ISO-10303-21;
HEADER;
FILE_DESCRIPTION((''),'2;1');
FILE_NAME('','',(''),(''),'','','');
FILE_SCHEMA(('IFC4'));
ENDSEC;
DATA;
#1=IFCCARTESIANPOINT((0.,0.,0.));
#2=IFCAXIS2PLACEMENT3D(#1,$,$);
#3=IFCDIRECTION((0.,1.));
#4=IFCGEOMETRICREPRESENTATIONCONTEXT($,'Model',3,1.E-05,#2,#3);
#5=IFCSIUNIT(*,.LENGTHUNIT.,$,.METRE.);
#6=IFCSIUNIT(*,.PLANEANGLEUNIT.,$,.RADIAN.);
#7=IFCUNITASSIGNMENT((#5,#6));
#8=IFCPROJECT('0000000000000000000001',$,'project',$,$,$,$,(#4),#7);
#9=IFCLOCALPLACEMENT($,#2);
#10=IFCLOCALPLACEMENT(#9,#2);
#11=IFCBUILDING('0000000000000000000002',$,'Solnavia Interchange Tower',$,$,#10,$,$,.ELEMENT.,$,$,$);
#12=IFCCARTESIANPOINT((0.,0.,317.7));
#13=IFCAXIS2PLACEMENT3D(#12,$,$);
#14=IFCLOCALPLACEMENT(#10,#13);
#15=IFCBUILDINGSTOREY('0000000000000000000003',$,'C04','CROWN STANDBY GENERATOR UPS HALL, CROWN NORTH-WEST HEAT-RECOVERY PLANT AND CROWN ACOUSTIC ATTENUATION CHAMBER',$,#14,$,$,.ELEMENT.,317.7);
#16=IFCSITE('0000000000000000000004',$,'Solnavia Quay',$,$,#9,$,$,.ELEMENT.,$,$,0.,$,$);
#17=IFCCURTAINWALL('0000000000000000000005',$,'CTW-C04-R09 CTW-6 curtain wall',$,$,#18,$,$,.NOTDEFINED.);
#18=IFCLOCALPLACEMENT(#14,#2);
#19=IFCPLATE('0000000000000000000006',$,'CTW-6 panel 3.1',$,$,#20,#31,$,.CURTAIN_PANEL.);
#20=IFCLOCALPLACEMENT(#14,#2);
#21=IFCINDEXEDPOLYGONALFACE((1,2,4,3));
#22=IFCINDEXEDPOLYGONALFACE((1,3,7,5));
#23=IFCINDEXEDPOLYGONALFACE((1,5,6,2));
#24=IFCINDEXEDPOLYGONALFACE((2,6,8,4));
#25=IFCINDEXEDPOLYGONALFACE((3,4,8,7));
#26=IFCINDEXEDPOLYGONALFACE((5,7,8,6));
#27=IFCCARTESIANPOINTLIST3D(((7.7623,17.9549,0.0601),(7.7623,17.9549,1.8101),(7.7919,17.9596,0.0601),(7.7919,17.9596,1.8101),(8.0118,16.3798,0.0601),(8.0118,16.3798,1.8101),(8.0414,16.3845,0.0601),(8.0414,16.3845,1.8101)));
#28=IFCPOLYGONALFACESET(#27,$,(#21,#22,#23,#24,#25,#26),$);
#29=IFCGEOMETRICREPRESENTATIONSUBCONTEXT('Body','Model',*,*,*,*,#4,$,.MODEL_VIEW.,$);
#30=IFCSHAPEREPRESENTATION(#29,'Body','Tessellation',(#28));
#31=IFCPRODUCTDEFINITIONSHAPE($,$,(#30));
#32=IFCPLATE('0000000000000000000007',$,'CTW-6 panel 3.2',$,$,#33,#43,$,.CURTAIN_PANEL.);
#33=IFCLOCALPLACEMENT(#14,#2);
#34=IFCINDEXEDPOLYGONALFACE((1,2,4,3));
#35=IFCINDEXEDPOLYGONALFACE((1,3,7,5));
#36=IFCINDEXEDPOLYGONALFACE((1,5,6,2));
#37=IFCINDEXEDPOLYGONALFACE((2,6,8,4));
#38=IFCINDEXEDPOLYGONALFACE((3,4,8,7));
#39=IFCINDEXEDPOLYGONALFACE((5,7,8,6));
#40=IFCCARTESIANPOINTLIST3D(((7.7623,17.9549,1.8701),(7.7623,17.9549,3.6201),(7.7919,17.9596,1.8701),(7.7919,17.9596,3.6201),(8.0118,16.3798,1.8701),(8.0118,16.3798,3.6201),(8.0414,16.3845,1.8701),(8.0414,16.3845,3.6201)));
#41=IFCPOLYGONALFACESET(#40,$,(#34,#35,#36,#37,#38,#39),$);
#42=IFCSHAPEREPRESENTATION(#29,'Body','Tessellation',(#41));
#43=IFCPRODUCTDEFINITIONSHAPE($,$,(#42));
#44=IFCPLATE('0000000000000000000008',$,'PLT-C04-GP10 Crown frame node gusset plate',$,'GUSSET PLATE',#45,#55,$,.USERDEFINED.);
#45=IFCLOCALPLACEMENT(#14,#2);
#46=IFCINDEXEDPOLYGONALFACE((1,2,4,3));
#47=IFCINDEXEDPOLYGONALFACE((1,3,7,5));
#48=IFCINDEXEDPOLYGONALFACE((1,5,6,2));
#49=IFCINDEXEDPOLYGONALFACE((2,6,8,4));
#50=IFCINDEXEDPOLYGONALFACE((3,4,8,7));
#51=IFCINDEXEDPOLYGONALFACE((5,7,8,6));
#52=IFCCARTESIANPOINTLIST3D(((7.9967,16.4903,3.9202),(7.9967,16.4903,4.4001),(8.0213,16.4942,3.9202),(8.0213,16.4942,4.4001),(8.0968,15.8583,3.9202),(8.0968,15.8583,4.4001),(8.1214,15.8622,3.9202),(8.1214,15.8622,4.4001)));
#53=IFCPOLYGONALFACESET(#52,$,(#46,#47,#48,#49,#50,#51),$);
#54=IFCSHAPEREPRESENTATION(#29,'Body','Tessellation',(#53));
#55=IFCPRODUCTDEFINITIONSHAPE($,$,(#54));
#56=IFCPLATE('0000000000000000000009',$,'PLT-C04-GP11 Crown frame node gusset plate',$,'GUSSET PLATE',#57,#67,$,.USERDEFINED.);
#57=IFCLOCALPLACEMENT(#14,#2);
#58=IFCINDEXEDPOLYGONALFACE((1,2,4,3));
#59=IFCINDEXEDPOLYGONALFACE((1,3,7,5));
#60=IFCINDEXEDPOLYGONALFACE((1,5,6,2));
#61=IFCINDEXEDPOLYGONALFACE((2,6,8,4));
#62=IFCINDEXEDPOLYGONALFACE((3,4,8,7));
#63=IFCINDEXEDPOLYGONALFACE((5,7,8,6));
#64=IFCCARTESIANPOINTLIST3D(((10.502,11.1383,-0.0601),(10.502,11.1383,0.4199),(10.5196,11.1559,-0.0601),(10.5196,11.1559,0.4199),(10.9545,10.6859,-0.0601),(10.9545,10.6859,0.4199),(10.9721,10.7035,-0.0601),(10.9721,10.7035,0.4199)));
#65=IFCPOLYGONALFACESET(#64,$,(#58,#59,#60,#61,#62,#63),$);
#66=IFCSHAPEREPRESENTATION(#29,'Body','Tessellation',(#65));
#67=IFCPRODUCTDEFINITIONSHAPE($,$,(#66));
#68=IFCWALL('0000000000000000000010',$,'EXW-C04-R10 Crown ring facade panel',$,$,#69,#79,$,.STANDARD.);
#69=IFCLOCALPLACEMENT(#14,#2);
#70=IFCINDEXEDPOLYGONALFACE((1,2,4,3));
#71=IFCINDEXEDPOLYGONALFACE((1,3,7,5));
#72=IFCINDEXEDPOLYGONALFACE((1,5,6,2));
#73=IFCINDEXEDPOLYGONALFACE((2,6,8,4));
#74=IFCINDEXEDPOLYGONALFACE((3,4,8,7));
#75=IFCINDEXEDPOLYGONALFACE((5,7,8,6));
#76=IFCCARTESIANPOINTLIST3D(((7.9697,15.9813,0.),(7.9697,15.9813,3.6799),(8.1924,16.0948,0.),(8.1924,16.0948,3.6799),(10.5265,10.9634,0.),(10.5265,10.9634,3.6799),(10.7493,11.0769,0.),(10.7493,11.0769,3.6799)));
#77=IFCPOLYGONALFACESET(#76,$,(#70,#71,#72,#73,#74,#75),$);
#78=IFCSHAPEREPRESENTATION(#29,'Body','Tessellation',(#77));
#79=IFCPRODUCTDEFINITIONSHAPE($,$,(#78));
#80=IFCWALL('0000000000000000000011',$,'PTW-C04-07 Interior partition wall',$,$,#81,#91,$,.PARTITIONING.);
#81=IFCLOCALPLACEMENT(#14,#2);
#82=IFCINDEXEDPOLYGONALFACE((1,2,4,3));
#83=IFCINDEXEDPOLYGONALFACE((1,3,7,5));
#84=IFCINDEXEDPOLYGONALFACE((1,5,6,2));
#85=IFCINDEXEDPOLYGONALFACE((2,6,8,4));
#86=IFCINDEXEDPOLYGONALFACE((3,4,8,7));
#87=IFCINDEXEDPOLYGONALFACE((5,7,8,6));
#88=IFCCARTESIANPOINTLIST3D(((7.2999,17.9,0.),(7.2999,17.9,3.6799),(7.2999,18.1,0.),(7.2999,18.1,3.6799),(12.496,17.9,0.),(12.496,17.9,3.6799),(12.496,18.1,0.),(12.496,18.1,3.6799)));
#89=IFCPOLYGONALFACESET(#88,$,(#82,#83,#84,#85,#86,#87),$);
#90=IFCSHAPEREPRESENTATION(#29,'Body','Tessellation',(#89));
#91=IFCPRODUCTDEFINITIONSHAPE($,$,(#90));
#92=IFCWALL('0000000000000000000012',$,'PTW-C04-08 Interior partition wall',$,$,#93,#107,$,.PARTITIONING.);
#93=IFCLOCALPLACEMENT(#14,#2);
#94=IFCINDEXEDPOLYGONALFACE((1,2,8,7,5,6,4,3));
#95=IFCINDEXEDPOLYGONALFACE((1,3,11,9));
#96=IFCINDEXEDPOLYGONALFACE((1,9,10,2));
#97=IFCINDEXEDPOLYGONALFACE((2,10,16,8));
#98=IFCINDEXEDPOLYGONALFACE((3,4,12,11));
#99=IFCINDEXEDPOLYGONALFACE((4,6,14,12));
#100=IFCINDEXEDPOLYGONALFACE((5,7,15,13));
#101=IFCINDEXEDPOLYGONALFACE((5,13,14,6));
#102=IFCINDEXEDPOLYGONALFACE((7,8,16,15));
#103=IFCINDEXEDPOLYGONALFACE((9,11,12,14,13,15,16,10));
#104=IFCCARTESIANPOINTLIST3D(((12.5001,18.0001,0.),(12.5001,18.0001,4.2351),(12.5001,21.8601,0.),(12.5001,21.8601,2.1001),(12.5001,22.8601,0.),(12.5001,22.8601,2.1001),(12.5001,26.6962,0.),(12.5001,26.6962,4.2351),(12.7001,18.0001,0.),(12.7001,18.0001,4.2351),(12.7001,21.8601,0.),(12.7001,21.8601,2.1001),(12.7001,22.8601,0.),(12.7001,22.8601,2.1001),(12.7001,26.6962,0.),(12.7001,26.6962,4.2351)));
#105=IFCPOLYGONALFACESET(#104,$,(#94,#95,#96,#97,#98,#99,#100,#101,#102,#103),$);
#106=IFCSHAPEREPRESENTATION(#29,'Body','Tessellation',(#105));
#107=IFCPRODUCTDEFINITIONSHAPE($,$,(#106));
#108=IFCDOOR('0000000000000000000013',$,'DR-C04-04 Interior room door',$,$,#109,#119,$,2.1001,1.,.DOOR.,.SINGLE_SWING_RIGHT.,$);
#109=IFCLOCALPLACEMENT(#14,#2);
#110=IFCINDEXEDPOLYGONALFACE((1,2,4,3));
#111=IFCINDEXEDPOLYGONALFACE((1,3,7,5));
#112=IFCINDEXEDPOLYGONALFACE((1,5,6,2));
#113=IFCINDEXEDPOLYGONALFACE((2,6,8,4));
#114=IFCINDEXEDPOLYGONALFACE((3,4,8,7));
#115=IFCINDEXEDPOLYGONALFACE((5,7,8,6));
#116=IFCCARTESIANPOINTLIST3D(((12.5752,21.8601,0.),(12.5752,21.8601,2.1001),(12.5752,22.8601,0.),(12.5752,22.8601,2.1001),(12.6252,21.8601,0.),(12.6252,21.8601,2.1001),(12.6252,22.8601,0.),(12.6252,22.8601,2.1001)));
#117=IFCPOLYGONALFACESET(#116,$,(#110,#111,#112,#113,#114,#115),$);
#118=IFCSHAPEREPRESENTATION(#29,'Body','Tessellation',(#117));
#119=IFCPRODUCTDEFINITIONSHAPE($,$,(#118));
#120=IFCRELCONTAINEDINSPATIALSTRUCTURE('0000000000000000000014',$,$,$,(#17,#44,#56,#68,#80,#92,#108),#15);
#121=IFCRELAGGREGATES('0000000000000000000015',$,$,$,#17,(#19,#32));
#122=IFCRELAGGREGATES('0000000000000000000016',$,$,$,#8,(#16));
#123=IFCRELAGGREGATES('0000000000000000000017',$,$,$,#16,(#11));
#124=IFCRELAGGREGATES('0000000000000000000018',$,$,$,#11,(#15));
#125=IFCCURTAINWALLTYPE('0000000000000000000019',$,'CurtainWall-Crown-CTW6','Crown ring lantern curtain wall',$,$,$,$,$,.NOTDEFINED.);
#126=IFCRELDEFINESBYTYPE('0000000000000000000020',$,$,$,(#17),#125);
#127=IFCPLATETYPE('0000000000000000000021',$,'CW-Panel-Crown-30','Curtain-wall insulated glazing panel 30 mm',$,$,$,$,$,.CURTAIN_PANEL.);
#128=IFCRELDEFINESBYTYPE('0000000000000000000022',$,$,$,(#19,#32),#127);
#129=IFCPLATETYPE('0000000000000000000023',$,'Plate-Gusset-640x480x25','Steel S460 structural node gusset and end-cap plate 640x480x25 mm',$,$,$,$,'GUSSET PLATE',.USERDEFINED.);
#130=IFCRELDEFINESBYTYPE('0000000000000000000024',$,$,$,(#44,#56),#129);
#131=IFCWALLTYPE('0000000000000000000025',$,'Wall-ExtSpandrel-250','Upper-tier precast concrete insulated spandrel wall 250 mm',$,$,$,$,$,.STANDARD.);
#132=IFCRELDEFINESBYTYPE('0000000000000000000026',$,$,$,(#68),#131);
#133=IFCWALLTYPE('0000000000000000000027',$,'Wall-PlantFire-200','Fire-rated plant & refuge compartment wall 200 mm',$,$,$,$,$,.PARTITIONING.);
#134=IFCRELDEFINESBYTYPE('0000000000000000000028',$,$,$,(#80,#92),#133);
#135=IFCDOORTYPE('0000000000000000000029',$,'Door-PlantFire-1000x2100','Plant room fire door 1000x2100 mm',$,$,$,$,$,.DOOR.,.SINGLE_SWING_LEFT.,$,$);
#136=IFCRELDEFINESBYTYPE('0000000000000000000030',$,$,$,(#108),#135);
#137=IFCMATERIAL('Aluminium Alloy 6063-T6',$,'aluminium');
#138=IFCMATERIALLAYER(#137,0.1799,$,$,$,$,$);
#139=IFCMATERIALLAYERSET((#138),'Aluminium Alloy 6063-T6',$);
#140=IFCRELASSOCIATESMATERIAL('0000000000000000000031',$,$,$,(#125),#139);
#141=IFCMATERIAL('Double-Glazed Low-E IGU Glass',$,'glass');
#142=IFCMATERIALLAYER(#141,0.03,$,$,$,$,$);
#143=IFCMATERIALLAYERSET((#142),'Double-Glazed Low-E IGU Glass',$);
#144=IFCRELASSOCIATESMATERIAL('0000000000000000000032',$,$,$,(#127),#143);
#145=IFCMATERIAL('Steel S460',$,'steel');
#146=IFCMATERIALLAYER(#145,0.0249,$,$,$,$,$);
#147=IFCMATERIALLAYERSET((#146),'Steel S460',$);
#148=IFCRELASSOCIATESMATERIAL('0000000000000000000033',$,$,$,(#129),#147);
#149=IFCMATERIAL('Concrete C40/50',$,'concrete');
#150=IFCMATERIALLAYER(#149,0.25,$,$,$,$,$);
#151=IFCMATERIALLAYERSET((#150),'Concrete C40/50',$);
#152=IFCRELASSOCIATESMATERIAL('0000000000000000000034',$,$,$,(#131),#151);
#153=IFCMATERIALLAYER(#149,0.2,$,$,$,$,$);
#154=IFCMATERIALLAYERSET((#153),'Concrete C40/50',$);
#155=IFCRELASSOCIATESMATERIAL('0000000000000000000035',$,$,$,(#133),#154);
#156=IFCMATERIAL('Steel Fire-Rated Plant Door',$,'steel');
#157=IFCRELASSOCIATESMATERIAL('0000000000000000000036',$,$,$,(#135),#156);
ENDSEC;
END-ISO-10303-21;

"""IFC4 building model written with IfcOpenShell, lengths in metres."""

from ifc_helpers import new_model, si_unit, direction, frame, frame_2d, origin, origin_2d, place, context, subcontext, project, spatial, rectangle, extrude, material, layer, layer_set, type_object, element, fill, aggregate, save


model = new_model("IFC4")

# Units and contexts
model_context = context("Model", 3, precision=1e-05, world=origin(), true_north=direction((0.0, 1.0)))
body_context = subcontext(model_context, "Body", "Model", "MODEL_VIEW")
ifc_project = project(units=[si_unit("LENGTHUNIT", "METRE"), si_unit("PLANEANGLEUNIT", "RADIAN")], contexts=[model_context])

# Site, building, storey
site_placement = place(None, origin())
site = spatial("IfcSite", under=ifc_project, at=site_placement, Name="Solnavia Quay", CompositionType="ELEMENT", RefElevation=0.0)
building_placement = place(site_placement, origin())
building = spatial("IfcBuilding", under=site, at=building_placement, Name="Solnavia Interchange Tower", CompositionType="ELEMENT")
storey_placement = place(building_placement, frame((0.0, 0.0, 317.7)))
storey = spatial("IfcBuildingStorey", under=building, at=storey_placement, Name="C04", Description="CROWN STANDBY GENERATOR UPS HALL, CROWN NORTH-WEST HEAT-RECOVERY PLANT AND CROWN ACOUSTIC ATTENUATION CHAMBER", CompositionType="ELEMENT", Elevation=317.7)

# Shared definitions
ifc_material_1 = material(Name="Steel S460", Category="steel")

# Curtain wall
ifc_material_2 = material(Name="Aluminium Alloy 6063-T6", Category="aluminium")
ifc_layer_1 = layer(ifc_material_2, 0.1799)
ifc_layer_set_1 = layer_set([ifc_layer_1], Name="Aluminium Alloy 6063-T6")
curtain_wall_type = type_object("IfcCurtainWallType", Name="CurtainWall-Crown-CTW6", Description="Crown ring lantern curtain wall", PredefinedType="NOTDEFINED", material=ifc_layer_set_1)
curtain_wall_placement = place(storey_placement, origin())
curtain_wall = element("IfcCurtainWall", 1, at=curtain_wall_placement, inside=storey, type_object=curtain_wall_type, Name="CTW-C04-R09 CTW-6 curtain wall", PredefinedType="NOTDEFINED")

# Plates
ifc_material_3 = material(Name="Double-Glazed Low-E IGU Glass", Category="glass")
ifc_layer_2 = layer(ifc_material_3, 0.03)
ifc_layer_set_2 = layer_set([ifc_layer_2], Name="Double-Glazed Low-E IGU Glass")
plate_type_1 = type_object("IfcPlateType", Name="CW-Panel-Crown-30", Description="Curtain-wall insulated glazing panel 30 mm", PredefinedType="CURTAIN_PANEL", material=ifc_layer_set_2)
plate_1_placement = place(storey_placement, frame((7.9019, 17.1697, 0.0601), z_axis=(0.0, 0.0, 1.0), x_axis=(0.156456, -0.987685, 0.0)))
plate_1 = element("IfcPlate", 2, at=plate_1_placement, type_object=plate_type_1, Name="CTW-6 panel 3.1", PredefinedType="CURTAIN_PANEL", context=body_context, shape_type="SweptSolid", body=[
    extrude(rectangle(XDim=1.5947, YDim=0.03, at=origin_2d()), origin(), (0.0, 0.0, 1.0), 1.75),
])
plate_2_placement = place(storey_placement, frame((7.9019, 17.1697, 1.8701), z_axis=(0.0, 0.0, 1.0), x_axis=(0.156456, -0.987685, 0.0)))
plate_2 = element("IfcPlate", 3, at=plate_2_placement, type_object=plate_type_1, Name="CTW-6 panel 3.2", PredefinedType="CURTAIN_PANEL", context=body_context, shape_type="SweptSolid", body=[
    extrude(rectangle(XDim=1.5947, YDim=0.03, at=origin_2d()), origin(), (0.0, 0.0, 1.0), 1.75),
])
aggregate(curtain_wall, [plate_1, plate_2])

# Plates
ifc_layer_3 = layer(ifc_material_1, 0.0249)
ifc_layer_set_3 = layer_set([ifc_layer_3], Name="Steel S460")
plate_type_2 = type_object("IfcPlateType", Name="Plate-Gusset-640x480x25", Description="Steel S460 structural node gusset and end-cap plate 640x480x25 mm", ElementType="GUSSET PLATE", PredefinedType="USERDEFINED", material=ifc_layer_set_3)
for number, where, z_axis, x_axis, name in (
    (4, (8.0591, 16.1763, 3.9202), (0.0, 0.0, 1.0), (0.156434, -0.987688, 0.0), "PLT-C04-GP10 Crown frame node gusset plate"),
    (5, (10.7371, 10.9209, -0.0601), (0.0, 0.0, 1.0), (0.707107, -0.707107, 0.0), "PLT-C04-GP11 Crown frame node gusset plate"),
):
    element("IfcPlate", number, at=place(storey_placement, frame(where, z_axis=z_axis, x_axis=x_axis)), inside=storey, type_object=plate_type_2, Name=name, ObjectType="GUSSET PLATE", PredefinedType="USERDEFINED", context=body_context, shape_type="SweptSolid", body=[
        extrude(rectangle(XDim=0.6399, YDim=0.0249, at=origin_2d()), origin(), (0.0, 0.0, 1.0), 0.48),
    ])

# Walls
ifc_material_4 = material(Name="Concrete C40/50", Category="concrete")
ifc_layer_4 = layer(ifc_material_4, 0.25)
ifc_layer_set_4 = layer_set([ifc_layer_4], Name="Concrete C40/50")
wall_type_1 = type_object("IfcWallType", Name="Wall-ExtSpandrel-250", Description="Upper-tier precast concrete insulated spandrel wall 250 mm", PredefinedType="STANDARD", material=ifc_layer_set_4)
wall_1_placement = place(storey_placement, frame((8.0811, 16.0381, 0.0), z_axis=(0.0, 0.0, 1.0), x_axis=(0.453998, -0.891003, 0.0)))
element("IfcWall", 6, at=wall_1_placement, inside=storey, type_object=wall_type_1, Name="EXW-C04-R10 Crown ring facade panel", PredefinedType="STANDARD", context=body_context, shape_type="SweptSolid", body=[
    extrude(rectangle(XDim=5.6318, YDim=0.25, at=frame_2d((2.8159, 0.0))), origin(), (0.0, 0.0, 1.0), 3.6799),
])
ifc_layer_5 = layer(ifc_material_4, 0.2)
ifc_layer_set_5 = layer_set([ifc_layer_5], Name="Concrete C40/50")
wall_type_2 = type_object("IfcWallType", Name="Wall-PlantFire-200", Description="Fire-rated plant & refuge compartment wall 200 mm", PredefinedType="PARTITIONING", material=ifc_layer_set_5)
wall_2_placement = place(storey_placement, frame((12.4961, 18.0, 0.0), z_axis=(0.0, 0.0, 1.0), x_axis=(-1.0, 0.0, 0.0)))
element("IfcWall", 7, at=wall_2_placement, inside=storey, type_object=wall_type_2, Name="PTW-C04-07 Interior partition wall", PredefinedType="PARTITIONING", context=body_context, shape_type="SweptSolid", body=[
    extrude(rectangle(XDim=5.196, YDim=0.2, at=frame_2d((2.5981, 0.0))), origin(), (0.0, 0.0, 1.0), 3.6799),
])

# Wall, opening, door
wall_3_placement = place(storey_placement, frame((12.6001, 18.0, 0.0), z_axis=(0.0, 0.0, 1.0), x_axis=(0.0, 1.0, 0.0)))
wall_3 = element("IfcWall", 8, at=wall_3_placement, inside=storey, type_object=wall_type_2, Name="PTW-C04-08 Interior partition wall", PredefinedType="PARTITIONING", context=body_context, shape_type="SweptSolid", body=[
    extrude(rectangle(XDim=8.696, YDim=0.2, at=frame_2d((4.3481, 0.0))), origin(), (0.0, 0.0, 1.0), 4.2351),
])
opening_placement = place(wall_3_placement, frame((3.8601, 0.0, 0.0)))
opening = element("IfcOpeningElement", 9, at=opening_placement, cuts=wall_3, PredefinedType="OPENING", context=body_context, shape_type="SweptSolid", body=[
    extrude(rectangle(XDim=1.0, YDim=2.1001, at=frame_2d((0.5, 1.05))), frame((0.0, 0.1099, 0.0), z_axis=(0.0, -1.0, 0.0), x_axis=(1.0, 0.0, 0.0)), (0.0, 0.0, 1.0), 0.22),
])
ifc_material_5 = material(Name="Steel Fire-Rated Plant Door", Category="steel")
door_type = type_object("IfcDoorType", Name="Door-PlantFire-1000x2100", Description="Plant room fire door 1000x2100 mm", OperationType="SINGLE_SWING_LEFT", PredefinedType="DOOR", material=ifc_material_5)
door_placement = place(opening_placement, origin())
door = element("IfcDoor", 10, at=door_placement, inside=storey, type_object=door_type, Name="DR-C04-04 Interior room door", OperationType="SINGLE_SWING_RIGHT", OverallHeight=2.1001, OverallWidth=1.0, PredefinedType="DOOR", context=body_context, shape_type="SweptSolid", body=[
    extrude(rectangle(XDim=1.0, YDim=2.1001, at=frame_2d((0.5, 1.05))), frame((0.0, 0.0249, 0.0), z_axis=(0.0, -1.0, 0.0), x_axis=(1.0, 0.0, 0.0)), (0.0, 0.0, 1.0), 0.05),
])
fill(opening, door)

save(model, "model.ifc")
